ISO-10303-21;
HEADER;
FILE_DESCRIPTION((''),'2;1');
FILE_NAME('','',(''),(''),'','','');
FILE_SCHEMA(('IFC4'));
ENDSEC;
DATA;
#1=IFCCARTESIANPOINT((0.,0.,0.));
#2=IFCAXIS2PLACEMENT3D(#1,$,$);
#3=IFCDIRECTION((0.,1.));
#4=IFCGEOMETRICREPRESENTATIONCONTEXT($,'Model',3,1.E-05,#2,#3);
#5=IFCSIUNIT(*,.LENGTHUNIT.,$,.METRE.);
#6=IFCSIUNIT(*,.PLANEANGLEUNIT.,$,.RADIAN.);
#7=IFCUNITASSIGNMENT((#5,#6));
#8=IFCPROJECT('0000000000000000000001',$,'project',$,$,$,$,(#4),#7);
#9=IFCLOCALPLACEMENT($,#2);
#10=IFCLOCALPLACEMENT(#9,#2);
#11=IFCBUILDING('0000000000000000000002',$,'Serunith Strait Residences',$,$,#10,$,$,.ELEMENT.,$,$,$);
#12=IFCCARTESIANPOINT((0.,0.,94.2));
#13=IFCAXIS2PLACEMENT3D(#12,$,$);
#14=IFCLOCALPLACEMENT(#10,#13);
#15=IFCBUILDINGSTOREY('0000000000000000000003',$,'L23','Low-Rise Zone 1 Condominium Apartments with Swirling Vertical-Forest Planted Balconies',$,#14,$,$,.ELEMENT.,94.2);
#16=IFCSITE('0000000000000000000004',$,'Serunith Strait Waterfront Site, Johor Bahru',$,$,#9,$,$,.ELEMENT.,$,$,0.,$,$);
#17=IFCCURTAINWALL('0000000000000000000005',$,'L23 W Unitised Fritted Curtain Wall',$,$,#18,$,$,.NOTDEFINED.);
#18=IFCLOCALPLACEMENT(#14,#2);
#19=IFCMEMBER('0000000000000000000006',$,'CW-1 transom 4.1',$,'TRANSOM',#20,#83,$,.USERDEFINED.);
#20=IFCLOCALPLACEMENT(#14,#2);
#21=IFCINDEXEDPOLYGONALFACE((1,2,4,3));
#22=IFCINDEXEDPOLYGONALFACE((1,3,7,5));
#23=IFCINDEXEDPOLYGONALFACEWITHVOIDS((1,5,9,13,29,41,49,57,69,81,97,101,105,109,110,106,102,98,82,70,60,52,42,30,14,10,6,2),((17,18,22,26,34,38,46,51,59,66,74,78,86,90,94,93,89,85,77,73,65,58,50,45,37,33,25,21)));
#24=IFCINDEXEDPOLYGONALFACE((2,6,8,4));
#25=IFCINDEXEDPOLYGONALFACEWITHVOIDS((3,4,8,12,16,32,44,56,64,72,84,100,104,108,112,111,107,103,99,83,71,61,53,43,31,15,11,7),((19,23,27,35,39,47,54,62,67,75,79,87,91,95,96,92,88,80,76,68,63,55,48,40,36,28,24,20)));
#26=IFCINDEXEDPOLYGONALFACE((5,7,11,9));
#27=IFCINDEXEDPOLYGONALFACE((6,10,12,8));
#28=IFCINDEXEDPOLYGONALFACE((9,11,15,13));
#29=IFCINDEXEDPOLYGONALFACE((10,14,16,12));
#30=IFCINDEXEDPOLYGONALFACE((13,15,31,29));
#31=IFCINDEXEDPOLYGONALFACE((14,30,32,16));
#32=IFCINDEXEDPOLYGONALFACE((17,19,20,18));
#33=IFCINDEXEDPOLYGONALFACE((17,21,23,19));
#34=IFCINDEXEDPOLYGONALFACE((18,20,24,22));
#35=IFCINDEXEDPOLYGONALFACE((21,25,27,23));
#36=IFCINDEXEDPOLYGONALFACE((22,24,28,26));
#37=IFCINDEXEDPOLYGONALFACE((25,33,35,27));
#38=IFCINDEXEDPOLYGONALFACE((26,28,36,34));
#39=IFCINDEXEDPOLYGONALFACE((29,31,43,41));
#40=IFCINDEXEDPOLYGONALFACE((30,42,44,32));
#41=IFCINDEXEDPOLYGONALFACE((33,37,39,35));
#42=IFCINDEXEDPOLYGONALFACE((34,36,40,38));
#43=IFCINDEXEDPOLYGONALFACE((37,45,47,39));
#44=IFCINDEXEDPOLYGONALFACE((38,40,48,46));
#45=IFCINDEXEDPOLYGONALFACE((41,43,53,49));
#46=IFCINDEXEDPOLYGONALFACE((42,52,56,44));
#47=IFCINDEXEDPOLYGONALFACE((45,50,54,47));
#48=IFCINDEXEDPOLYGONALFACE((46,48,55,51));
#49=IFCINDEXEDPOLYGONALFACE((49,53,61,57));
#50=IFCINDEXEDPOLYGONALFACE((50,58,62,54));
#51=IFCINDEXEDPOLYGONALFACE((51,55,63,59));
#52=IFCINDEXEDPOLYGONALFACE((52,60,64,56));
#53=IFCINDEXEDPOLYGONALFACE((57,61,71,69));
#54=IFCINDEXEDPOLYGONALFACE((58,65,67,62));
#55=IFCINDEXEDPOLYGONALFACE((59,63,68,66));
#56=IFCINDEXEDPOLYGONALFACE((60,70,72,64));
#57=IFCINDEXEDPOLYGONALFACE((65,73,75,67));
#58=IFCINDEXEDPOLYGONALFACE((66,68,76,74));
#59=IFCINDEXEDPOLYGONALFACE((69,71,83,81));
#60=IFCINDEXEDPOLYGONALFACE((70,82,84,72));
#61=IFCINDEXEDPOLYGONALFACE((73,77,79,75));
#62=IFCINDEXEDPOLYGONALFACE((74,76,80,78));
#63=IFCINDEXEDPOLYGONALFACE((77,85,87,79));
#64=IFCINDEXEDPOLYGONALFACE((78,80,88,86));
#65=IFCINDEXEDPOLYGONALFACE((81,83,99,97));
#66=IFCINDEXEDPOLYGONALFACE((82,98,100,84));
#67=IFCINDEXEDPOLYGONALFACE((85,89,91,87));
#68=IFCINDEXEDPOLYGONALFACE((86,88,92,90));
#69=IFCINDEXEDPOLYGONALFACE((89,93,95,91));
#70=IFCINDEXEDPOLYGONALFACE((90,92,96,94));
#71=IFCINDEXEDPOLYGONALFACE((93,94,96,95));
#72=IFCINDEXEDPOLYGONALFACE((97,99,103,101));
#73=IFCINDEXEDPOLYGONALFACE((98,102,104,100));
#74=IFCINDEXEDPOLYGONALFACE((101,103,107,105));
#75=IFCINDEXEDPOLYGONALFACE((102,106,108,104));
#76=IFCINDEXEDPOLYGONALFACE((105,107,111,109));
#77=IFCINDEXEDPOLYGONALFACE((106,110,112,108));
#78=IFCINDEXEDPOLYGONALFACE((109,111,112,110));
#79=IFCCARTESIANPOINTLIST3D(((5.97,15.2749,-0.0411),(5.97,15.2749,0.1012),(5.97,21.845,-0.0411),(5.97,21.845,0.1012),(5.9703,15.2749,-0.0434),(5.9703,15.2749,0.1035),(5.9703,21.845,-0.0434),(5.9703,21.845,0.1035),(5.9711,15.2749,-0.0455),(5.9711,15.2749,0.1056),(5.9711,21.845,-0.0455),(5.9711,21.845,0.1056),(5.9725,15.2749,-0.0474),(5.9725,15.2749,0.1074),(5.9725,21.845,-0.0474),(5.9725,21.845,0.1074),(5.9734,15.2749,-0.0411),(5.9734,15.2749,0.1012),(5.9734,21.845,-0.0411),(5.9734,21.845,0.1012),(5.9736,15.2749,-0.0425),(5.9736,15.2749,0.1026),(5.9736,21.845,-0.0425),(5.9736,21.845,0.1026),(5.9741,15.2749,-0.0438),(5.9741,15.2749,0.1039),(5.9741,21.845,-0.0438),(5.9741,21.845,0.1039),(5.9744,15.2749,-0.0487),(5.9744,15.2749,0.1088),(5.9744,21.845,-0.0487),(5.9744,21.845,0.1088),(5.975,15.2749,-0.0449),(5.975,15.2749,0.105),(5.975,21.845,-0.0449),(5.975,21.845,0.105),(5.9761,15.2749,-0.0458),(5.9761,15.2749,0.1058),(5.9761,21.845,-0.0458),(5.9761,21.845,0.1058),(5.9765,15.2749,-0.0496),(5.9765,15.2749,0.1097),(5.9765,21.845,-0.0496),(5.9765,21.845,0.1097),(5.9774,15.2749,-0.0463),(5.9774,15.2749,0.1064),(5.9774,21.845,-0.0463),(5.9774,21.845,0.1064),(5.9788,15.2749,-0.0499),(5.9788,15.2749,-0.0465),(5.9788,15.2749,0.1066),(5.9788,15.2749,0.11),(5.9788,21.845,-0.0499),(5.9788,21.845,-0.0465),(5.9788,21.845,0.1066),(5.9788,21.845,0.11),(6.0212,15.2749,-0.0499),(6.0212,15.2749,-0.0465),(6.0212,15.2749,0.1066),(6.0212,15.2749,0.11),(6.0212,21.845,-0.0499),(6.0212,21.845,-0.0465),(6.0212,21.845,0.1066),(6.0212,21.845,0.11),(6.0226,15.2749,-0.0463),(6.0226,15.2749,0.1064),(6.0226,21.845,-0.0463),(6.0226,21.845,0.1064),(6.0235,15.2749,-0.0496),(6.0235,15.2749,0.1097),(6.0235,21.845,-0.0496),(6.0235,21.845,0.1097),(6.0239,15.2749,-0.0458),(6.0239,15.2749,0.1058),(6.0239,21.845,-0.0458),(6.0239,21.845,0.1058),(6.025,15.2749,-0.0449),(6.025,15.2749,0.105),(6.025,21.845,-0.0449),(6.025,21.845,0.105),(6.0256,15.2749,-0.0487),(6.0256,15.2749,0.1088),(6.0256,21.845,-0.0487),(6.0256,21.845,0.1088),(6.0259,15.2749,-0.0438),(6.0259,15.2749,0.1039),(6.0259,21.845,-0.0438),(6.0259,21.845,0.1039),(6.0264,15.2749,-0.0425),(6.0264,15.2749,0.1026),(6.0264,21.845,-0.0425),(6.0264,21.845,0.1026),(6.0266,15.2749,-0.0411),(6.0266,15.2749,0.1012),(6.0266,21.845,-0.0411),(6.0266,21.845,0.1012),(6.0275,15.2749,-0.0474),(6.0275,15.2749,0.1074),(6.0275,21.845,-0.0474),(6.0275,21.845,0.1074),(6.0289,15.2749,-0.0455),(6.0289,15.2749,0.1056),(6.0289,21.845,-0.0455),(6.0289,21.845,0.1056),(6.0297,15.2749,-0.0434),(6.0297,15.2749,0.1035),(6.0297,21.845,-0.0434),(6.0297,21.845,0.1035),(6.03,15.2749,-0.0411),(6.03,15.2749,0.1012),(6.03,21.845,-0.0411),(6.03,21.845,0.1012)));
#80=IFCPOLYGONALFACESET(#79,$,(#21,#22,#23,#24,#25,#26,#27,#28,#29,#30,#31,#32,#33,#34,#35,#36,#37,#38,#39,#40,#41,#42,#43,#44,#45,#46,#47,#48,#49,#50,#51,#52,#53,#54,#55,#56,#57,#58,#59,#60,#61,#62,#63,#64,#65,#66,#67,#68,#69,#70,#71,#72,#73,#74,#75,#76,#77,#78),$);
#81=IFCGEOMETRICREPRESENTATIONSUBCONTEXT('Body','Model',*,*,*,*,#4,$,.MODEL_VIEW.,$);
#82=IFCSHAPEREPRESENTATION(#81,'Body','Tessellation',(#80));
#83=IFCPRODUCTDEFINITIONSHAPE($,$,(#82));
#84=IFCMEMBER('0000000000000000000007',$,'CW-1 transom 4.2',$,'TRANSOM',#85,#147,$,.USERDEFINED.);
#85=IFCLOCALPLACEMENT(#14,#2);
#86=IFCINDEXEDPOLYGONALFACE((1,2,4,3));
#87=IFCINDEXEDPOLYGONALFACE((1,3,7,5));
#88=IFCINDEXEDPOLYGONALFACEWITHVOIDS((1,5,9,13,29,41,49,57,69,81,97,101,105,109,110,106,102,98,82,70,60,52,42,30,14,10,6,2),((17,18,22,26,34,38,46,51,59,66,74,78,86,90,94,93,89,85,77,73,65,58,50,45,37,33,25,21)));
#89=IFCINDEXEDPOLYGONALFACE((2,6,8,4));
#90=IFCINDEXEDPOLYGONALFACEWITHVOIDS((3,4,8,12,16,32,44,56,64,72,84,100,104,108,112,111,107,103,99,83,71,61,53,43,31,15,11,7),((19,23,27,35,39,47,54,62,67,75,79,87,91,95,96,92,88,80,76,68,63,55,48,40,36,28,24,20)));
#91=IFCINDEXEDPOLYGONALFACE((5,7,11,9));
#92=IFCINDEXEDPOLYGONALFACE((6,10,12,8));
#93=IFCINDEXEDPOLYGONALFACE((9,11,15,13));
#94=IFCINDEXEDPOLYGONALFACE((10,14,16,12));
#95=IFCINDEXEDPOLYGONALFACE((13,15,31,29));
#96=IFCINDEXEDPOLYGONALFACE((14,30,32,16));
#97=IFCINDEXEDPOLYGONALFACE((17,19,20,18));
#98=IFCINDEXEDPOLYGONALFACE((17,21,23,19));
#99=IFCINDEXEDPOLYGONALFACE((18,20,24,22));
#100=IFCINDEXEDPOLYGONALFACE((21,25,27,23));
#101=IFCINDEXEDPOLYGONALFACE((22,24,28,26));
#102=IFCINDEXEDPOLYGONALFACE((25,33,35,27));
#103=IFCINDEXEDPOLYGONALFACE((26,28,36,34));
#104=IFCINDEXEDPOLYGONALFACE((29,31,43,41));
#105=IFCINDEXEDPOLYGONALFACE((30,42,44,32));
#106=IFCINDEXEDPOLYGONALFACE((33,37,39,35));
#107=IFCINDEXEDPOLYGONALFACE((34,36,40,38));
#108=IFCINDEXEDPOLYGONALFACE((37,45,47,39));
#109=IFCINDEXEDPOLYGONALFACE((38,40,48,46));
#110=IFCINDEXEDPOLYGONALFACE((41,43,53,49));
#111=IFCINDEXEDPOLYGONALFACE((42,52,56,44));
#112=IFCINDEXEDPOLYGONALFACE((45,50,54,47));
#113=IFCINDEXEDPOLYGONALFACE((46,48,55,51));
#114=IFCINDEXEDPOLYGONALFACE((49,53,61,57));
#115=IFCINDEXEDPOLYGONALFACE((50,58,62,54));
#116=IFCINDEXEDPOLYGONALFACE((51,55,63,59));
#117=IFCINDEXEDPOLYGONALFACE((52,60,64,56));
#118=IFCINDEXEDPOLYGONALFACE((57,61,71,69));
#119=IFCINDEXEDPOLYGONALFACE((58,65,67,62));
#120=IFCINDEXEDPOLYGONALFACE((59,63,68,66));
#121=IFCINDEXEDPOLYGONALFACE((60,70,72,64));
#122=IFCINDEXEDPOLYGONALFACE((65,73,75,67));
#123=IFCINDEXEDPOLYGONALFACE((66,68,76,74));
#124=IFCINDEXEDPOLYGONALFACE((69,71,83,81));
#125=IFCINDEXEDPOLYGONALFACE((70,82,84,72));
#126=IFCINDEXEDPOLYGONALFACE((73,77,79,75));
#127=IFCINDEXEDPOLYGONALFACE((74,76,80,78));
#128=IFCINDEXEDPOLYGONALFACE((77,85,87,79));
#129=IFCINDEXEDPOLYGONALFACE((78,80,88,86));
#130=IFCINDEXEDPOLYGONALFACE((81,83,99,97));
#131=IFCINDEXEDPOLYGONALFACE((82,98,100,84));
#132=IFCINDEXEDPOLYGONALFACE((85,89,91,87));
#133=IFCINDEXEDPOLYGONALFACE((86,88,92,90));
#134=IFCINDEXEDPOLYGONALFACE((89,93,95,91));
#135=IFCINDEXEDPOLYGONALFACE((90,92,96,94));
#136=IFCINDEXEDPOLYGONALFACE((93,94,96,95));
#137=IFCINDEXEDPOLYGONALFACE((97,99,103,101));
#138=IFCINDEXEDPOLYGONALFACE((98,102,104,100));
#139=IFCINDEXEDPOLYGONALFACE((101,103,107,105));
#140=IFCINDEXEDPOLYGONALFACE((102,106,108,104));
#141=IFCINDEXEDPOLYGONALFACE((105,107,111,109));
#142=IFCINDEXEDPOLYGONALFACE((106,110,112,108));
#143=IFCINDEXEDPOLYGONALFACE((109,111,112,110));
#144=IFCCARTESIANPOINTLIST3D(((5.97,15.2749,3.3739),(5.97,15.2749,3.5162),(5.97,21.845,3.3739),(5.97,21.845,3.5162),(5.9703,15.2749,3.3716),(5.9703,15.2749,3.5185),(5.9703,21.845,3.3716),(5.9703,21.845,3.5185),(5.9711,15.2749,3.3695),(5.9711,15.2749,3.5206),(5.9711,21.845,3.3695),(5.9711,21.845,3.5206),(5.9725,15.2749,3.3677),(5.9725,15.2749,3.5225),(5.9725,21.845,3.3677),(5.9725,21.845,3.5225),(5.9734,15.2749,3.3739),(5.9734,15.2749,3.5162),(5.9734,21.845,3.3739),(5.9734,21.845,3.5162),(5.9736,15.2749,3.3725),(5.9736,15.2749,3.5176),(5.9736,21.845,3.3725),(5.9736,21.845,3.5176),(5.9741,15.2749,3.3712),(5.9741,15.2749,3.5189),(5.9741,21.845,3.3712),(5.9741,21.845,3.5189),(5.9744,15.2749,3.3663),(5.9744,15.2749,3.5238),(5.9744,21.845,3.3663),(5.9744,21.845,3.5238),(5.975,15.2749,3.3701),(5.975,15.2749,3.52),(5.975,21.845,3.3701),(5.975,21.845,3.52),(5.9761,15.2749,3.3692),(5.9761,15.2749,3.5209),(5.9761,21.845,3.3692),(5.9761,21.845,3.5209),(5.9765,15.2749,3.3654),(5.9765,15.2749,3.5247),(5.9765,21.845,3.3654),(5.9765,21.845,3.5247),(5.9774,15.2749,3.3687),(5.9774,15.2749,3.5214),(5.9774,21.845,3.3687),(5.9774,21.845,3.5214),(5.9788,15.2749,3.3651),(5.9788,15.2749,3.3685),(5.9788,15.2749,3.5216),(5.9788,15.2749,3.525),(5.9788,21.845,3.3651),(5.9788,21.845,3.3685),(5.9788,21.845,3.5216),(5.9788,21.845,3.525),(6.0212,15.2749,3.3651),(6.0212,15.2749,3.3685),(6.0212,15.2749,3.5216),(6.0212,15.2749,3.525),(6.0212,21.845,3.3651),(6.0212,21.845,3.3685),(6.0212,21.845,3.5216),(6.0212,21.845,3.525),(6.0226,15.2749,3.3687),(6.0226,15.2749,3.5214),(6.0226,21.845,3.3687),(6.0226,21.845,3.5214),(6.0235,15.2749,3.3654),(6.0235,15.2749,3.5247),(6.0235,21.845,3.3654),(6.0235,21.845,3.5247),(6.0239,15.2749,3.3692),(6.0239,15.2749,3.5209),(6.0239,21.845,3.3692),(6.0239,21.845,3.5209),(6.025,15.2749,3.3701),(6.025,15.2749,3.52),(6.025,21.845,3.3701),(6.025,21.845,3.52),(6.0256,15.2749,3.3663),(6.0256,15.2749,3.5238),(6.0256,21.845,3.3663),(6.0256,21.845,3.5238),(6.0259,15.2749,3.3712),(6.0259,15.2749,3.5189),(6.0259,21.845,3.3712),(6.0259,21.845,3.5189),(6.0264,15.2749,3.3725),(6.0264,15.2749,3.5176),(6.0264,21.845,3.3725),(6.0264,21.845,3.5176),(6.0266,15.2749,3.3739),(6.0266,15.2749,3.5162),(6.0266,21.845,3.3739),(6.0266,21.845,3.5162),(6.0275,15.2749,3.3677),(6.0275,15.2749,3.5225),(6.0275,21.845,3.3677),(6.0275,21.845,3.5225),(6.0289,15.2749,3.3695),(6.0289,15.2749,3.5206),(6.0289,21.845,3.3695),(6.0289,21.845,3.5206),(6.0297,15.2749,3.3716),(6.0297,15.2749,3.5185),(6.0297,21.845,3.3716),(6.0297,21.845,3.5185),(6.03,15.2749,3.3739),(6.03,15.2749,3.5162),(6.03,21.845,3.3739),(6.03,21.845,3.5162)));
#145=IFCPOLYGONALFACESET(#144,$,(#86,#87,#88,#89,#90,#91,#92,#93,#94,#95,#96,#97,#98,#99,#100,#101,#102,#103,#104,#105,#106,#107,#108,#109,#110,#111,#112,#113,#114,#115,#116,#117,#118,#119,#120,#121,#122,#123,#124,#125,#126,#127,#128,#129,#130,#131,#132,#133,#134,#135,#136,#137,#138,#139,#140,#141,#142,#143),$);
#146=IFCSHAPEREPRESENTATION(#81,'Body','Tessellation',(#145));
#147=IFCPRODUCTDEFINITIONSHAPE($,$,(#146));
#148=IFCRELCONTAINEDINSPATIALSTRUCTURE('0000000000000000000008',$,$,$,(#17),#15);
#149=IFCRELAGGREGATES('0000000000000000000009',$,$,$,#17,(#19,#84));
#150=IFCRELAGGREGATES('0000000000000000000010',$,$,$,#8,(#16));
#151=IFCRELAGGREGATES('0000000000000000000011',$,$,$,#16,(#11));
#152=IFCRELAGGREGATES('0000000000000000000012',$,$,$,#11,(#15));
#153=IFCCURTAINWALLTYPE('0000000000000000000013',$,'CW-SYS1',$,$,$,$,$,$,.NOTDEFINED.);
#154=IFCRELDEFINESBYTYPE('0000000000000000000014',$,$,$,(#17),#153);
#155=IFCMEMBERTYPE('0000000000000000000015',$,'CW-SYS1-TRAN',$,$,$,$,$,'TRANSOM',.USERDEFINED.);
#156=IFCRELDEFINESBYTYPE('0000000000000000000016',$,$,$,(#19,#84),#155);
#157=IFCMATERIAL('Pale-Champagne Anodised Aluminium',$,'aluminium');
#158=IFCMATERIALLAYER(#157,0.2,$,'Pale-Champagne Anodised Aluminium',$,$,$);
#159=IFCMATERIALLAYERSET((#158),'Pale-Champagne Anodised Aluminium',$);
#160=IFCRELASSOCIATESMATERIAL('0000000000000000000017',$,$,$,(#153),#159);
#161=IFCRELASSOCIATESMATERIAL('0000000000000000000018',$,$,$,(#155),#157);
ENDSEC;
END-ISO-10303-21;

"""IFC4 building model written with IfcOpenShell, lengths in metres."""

from ifc_helpers import new_model, si_unit, direction, frame, origin, origin_2d, place, context, subcontext, project, spatial, hollow_rectangle, extrude, source, transform, mapped, material, layer, layer_set, material_profile, profile_set, type_object, element, aggregate, save


model = new_model("IFC4")

# Units and contexts
model_context = context("Model", 3, precision=1e-05, world=origin(), true_north=direction((0.0, 1.0)))
body_context = subcontext(model_context, "Body", "Model", "MODEL_VIEW")
ifc_project = project(units=[si_unit("LENGTHUNIT", "METRE"), si_unit("PLANEANGLEUNIT", "RADIAN")], contexts=[model_context])

# Site, building, storey
site_placement = place(None, origin())
site = spatial("IfcSite", under=ifc_project, at=site_placement, Name="Serunith Strait Waterfront Site, Johor Bahru", CompositionType="ELEMENT", RefElevation=0.0)
building_placement = place(site_placement, origin())
building = spatial("IfcBuilding", under=site, at=building_placement, Name="Serunith Strait Residences", CompositionType="ELEMENT")
storey_placement = place(building_placement, frame((0.0, 0.0, 94.2)))
storey = spatial("IfcBuildingStorey", under=building, at=storey_placement, Name="L23", Description="Low-Rise Zone 1 Condominium Apartments with Swirling Vertical-Forest Planted Balconies", CompositionType="ELEMENT", Elevation=94.2)

# Curtain wall, members
ifc_material_1 = material(Name="Pale-Champagne Anodised Aluminium", Category="aluminium")
ifc_layer_1 = layer(ifc_material_1, 0.2, Name="Pale-Champagne Anodised Aluminium")
ifc_layer_set_1 = layer_set([ifc_layer_1], Name="Pale-Champagne Anodised Aluminium")
curtain_wall_type = type_object("IfcCurtainWallType", Name="CW-SYS1", PredefinedType="NOTDEFINED", material=ifc_layer_set_1)
curtain_wall_placement = place(storey_placement, origin())
curtain_wall = element("IfcCurtainWall", 1, at=curtain_wall_placement, inside=storey, type_object=curtain_wall_type, Name="L23 W Unitised Fritted Curtain Wall", PredefinedType="NOTDEFINED")
ifc_material_profile_1 = material_profile(ifc_material_1, hollow_rectangle(XDim=0.0601, YDim=0.1599, WallThickness=0.0034, InnerFilletRadius=0.0054, OuterFilletRadius=0.0088, at=origin_2d()), Name="ALU 160x60x3.5")
ifc_profile_set_1 = profile_set([ifc_material_profile_1], Name="Pale-Champagne Anodised Aluminium")
member_type_1 = type_object("IfcMemberType", Name="CW-SYS1-TRAN", ElementType="TRANSOM", PredefinedType="USERDEFINED", material=ifc_profile_set_1)
shared_shape_1 = source(origin(), body_context, "Body", "SweptSolid", [
    extrude(hollow_rectangle(XDim=0.0601, YDim=0.1599, WallThickness=0.0034, InnerFilletRadius=0.0054, OuterFilletRadius=0.0088, at=origin_2d()), origin(), (0.0, 0.0, 1.0), 6.5701),
])
member_1_placement = place(storey_placement, frame((6.0, 21.845, 0.03), z_axis=(0.0, -1.0, 0.0), x_axis=(1.0, 0.0, 0.0)))
member_1 = element("IfcMember", 2, at=member_1_placement, type_object=member_type_1, Name="CW-1 transom 4.1", ObjectType="TRANSOM", PredefinedType="USERDEFINED", context=body_context, shape_type="MappedRepresentation", body=[
    mapped(shared_shape_1, transform((0.0, 0.0, 0.0), scale=1.0)),
])
member_2_placement = place(storey_placement, frame((6.0, 21.845, 3.4451), z_axis=(0.0, -1.0, 0.0), x_axis=(1.0, 0.0, 0.0)))
member_2 = element("IfcMember", 3, at=member_2_placement, type_object=member_type_1, Name="CW-1 transom 4.2", ObjectType="TRANSOM", PredefinedType="USERDEFINED", context=body_context, shape_type="MappedRepresentation", body=[
    mapped(shared_shape_1, transform((0.0, 0.0, 0.0), scale=1.0)),
])
aggregate(curtain_wall, [member_1, member_2])

save(model, "model.ifc")
